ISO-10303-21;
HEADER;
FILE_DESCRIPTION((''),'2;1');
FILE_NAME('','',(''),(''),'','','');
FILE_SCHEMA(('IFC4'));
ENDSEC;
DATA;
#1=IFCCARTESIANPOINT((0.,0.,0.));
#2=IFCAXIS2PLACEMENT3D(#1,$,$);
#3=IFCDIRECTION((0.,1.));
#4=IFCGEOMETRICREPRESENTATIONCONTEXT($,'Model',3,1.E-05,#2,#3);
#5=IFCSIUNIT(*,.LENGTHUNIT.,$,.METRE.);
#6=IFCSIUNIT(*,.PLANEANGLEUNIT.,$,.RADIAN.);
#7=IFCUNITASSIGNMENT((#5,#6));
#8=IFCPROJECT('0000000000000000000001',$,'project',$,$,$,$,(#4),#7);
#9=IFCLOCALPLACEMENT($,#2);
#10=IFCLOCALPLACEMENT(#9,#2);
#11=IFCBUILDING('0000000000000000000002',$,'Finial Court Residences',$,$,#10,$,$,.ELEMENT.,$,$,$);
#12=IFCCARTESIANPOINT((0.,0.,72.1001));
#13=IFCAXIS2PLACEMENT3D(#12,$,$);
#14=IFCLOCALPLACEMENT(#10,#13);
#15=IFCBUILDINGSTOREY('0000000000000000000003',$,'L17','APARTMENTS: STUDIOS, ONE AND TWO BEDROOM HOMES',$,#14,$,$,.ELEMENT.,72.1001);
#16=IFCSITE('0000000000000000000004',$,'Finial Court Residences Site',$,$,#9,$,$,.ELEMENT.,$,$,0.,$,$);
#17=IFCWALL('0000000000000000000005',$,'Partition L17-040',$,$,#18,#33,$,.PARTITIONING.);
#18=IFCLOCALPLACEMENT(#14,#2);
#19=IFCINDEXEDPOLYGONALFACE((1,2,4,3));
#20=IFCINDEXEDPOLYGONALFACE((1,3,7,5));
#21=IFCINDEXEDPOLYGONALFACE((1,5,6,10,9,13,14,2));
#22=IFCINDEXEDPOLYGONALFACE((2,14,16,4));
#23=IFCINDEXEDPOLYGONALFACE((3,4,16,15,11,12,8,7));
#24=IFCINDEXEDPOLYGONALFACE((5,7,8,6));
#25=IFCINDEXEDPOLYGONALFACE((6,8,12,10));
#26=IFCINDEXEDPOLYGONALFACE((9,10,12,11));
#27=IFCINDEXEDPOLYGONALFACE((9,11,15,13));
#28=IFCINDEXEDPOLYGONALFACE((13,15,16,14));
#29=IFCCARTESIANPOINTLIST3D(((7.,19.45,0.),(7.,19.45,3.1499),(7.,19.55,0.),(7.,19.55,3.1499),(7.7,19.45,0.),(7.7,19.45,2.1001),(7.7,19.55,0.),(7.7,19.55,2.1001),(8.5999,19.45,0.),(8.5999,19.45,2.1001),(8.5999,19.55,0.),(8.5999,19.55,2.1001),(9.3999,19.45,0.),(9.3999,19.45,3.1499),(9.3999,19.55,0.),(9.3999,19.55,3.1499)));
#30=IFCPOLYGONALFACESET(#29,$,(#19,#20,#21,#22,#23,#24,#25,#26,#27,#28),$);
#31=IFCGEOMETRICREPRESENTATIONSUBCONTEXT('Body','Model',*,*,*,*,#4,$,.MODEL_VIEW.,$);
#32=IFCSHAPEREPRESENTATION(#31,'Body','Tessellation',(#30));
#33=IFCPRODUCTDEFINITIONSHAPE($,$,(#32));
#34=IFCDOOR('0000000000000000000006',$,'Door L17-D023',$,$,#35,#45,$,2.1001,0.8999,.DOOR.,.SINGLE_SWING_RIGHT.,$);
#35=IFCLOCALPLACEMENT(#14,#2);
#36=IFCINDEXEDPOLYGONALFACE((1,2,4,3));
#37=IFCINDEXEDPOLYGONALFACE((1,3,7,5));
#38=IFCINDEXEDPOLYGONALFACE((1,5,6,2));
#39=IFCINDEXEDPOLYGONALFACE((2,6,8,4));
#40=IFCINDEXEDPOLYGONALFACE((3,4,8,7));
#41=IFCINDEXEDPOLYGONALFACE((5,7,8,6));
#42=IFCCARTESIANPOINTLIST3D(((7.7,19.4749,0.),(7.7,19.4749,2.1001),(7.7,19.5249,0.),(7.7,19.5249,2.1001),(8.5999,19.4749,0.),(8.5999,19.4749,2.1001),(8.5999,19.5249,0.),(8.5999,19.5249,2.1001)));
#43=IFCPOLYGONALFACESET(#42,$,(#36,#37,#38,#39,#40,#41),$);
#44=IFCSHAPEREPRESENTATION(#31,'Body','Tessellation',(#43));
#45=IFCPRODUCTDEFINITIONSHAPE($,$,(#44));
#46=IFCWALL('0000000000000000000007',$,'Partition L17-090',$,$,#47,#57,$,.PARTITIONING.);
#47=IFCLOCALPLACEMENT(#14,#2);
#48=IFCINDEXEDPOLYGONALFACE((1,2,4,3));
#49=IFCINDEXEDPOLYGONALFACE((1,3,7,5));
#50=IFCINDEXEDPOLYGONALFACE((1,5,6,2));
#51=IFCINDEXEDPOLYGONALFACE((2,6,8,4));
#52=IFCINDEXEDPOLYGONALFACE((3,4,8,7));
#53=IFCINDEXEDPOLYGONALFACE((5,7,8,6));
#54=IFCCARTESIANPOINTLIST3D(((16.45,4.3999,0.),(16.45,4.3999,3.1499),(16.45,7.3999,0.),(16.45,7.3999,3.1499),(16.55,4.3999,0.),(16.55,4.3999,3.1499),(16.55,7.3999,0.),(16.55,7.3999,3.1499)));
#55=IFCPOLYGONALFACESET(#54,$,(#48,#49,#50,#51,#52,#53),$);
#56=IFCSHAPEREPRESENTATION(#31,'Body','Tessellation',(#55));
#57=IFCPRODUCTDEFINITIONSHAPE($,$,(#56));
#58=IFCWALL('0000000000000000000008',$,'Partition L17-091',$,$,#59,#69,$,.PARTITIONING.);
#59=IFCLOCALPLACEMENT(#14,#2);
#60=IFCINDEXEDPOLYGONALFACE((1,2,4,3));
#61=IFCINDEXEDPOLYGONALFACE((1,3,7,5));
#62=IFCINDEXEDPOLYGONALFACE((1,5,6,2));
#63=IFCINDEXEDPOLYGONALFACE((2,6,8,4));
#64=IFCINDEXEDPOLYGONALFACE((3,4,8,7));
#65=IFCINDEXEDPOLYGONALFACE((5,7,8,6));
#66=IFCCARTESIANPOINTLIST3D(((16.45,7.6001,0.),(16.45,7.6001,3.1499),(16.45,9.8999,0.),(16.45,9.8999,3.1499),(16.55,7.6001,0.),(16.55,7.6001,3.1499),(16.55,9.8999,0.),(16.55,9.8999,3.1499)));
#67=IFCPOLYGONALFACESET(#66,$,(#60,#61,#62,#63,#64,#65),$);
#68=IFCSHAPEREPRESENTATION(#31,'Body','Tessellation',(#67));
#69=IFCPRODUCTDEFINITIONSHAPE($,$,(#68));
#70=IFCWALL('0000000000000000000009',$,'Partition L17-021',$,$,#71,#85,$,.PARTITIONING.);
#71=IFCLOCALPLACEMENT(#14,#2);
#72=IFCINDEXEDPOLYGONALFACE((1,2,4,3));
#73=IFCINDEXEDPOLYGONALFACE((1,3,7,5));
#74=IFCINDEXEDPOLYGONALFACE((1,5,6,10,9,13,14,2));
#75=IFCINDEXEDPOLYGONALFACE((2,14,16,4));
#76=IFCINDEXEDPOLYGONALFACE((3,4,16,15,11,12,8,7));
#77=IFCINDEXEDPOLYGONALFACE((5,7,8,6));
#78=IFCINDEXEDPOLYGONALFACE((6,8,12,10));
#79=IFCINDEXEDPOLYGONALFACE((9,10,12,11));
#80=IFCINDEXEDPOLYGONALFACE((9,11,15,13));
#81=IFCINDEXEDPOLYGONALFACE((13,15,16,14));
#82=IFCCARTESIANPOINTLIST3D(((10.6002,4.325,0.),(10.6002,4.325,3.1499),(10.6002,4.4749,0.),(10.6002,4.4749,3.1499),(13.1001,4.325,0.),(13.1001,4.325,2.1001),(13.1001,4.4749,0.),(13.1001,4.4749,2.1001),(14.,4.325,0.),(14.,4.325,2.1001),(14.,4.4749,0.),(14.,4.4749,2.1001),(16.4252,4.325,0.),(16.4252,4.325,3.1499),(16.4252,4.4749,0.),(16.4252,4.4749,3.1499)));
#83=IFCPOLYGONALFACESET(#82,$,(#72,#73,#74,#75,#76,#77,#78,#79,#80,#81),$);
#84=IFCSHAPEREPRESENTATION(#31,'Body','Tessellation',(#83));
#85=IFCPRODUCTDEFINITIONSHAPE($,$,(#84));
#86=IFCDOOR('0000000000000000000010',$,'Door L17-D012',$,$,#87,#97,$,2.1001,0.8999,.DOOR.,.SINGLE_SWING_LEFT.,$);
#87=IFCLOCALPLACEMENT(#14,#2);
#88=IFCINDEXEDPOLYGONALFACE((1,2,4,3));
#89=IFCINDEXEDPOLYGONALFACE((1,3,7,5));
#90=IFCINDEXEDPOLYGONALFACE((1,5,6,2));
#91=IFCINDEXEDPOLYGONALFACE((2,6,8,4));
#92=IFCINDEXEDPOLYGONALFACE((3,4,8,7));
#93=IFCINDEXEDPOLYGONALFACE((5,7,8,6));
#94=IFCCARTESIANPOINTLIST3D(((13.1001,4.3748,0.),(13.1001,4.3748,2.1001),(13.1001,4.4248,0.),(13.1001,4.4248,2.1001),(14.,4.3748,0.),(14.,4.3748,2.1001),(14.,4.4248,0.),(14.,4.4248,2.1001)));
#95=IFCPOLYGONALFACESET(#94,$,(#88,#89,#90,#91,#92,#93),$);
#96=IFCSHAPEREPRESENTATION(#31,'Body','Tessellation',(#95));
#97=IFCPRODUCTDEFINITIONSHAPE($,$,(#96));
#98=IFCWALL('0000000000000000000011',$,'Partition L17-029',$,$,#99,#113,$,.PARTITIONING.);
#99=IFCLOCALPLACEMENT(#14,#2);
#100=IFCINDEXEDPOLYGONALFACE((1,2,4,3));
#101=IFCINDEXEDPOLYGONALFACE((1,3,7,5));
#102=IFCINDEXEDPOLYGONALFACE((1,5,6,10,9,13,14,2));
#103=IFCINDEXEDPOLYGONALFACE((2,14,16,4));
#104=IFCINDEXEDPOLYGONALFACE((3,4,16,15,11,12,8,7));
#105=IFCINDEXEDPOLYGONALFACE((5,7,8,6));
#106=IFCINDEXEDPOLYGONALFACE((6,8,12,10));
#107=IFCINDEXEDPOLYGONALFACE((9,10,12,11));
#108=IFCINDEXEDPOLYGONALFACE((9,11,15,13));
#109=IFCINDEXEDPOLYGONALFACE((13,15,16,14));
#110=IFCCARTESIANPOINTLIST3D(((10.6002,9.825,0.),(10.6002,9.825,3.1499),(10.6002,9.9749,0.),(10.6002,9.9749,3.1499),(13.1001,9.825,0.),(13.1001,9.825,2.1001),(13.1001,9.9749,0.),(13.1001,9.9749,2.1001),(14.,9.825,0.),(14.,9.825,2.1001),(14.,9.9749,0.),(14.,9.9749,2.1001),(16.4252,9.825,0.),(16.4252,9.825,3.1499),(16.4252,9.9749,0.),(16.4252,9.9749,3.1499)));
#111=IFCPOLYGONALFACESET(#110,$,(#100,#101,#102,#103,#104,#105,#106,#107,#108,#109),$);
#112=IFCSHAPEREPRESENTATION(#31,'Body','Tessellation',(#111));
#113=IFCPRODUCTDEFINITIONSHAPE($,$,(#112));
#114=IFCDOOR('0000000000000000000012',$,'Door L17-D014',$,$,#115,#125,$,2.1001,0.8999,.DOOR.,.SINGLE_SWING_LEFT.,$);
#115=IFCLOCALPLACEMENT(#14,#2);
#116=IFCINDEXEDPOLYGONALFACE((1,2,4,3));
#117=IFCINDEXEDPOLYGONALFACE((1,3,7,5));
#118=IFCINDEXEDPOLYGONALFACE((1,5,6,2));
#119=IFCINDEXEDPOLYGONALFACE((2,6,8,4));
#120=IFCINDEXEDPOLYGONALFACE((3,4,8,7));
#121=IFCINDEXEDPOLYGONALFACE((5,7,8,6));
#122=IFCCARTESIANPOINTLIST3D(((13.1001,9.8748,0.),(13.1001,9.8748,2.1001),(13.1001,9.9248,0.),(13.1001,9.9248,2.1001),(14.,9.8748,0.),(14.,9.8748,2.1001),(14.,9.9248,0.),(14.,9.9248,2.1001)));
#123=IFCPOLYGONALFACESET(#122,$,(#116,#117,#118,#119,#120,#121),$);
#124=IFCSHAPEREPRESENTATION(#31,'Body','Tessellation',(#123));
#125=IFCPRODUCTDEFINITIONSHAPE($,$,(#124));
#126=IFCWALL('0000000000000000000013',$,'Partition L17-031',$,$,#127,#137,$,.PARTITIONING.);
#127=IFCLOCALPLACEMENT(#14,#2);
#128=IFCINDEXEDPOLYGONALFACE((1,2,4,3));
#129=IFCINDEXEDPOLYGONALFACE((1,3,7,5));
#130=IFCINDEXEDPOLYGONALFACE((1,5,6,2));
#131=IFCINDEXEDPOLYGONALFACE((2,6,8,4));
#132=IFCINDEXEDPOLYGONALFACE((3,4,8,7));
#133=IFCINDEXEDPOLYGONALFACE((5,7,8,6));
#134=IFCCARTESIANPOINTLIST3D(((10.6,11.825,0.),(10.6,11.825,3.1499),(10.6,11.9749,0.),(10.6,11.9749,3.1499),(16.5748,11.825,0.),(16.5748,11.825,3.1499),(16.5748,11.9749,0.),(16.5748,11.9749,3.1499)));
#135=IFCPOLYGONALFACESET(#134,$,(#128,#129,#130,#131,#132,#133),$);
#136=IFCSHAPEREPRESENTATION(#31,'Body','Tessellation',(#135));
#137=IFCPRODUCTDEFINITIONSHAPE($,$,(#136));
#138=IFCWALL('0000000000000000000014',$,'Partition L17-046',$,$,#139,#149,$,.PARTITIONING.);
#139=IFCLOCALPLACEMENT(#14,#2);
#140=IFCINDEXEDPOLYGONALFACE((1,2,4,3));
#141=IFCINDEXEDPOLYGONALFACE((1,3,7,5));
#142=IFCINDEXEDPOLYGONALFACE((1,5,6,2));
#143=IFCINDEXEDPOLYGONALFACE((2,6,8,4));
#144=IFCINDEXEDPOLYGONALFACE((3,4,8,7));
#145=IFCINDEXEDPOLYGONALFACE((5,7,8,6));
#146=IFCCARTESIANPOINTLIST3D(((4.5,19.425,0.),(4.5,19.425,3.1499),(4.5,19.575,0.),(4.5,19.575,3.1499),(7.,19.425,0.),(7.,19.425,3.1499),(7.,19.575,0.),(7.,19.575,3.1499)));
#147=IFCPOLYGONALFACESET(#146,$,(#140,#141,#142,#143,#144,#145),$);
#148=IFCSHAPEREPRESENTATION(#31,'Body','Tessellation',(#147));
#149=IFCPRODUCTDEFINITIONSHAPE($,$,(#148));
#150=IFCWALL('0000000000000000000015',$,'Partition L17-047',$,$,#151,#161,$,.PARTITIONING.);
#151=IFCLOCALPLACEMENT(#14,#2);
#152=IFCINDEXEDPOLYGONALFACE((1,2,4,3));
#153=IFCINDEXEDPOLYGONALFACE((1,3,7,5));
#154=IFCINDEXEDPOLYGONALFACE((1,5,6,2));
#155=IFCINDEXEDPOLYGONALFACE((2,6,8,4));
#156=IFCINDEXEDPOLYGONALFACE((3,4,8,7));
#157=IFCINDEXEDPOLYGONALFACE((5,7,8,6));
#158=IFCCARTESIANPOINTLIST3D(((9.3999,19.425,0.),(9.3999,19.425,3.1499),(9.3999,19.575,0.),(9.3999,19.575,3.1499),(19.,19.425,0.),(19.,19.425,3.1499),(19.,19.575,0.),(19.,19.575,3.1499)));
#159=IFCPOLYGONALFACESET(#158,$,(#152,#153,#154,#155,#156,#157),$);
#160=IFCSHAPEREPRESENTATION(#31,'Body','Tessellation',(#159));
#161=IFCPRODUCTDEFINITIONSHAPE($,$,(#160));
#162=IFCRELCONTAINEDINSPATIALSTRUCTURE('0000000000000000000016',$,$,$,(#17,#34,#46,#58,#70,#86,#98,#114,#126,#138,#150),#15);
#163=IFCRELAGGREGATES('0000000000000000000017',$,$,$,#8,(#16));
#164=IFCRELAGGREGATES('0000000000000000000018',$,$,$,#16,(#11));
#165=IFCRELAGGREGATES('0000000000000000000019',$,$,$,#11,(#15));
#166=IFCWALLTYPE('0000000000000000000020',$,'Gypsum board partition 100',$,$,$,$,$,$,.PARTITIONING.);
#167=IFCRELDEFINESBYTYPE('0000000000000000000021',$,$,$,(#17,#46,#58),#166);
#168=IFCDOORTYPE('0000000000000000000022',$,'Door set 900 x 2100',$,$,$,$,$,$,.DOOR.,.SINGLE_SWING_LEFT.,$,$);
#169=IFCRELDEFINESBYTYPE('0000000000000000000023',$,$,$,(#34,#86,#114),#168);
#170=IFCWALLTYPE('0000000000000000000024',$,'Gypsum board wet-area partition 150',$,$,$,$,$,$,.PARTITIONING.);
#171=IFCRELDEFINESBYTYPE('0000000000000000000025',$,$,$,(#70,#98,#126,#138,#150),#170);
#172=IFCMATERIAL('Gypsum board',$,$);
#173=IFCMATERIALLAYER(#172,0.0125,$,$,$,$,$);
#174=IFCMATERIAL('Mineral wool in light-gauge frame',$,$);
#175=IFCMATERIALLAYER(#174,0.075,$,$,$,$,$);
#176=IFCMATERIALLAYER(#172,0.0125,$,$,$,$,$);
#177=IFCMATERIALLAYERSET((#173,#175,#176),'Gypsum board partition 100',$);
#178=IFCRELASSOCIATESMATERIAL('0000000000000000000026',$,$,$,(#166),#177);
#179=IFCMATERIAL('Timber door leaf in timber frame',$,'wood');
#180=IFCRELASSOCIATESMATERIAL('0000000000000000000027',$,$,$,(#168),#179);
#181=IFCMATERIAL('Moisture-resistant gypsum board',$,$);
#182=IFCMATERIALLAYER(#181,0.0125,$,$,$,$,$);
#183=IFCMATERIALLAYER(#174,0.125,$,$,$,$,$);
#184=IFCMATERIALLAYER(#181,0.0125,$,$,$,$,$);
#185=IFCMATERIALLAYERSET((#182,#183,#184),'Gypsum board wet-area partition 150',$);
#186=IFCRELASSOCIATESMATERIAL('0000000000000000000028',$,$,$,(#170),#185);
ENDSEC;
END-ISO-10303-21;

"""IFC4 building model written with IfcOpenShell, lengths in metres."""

from ifc_helpers import new_model, si_unit, direction, frame, frame_2d, origin, place, context, subcontext, project, spatial, rectangle, extrude, material, layer, layer_set, type_object, element, fill, save


model = new_model("IFC4")

# Units and contexts
model_context = context("Model", 3, precision=1e-05, world=origin(), true_north=direction((0.0, 1.0)))
body_context = subcontext(model_context, "Body", "Model", "MODEL_VIEW")
ifc_project = project(units=[si_unit("LENGTHUNIT", "METRE"), si_unit("PLANEANGLEUNIT", "RADIAN")], contexts=[model_context])

# Site, building, storey
site_placement = place(None, origin())
site = spatial("IfcSite", under=ifc_project, at=site_placement, Name="Finial Court Residences Site", CompositionType="ELEMENT", RefElevation=0.0)
building_placement = place(site_placement, origin())
building = spatial("IfcBuilding", under=site, at=building_placement, Name="Finial Court Residences", CompositionType="ELEMENT")
storey_placement = place(building_placement, frame((0.0, 0.0, 72.1001)))
storey = spatial("IfcBuildingStorey", under=building, at=storey_placement, Name="L17", Description="APARTMENTS: STUDIOS, ONE AND TWO BEDROOM HOMES", CompositionType="ELEMENT", Elevation=72.1001)

# Shared definitions
ifc_material_1 = material(Name="Gypsum board")
ifc_layer_1 = layer(ifc_material_1, 0.0125)
ifc_material_2 = material(Name="Mineral wool in light-gauge frame")
ifc_layer_2 = layer(ifc_material_2, 0.075)
ifc_layer_3 = layer(ifc_material_1, 0.0125)
ifc_layer_set_1 = layer_set([ifc_layer_1, ifc_layer_2, ifc_layer_3], Name="Gypsum board partition 100")
wall_type_1 = type_object("IfcWallType", Name="Gypsum board partition 100", PredefinedType="PARTITIONING", material=ifc_layer_set_1)

# Wall, opening, door
wall_1_placement = place(storey_placement, frame((7.0, 19.5, 0.0), z_axis=(0.0, 0.0, 1.0), x_axis=(1.0, 0.0, 0.0)))
wall_1 = element("IfcWall", 1, at=wall_1_placement, inside=storey, type_object=wall_type_1, Name="Partition L17-040", PredefinedType="PARTITIONING", context=body_context, shape_type="SweptSolid", body=[
    extrude(rectangle(XDim=2.3999, YDim=0.1001, at=frame_2d((1.2, 0.0))), origin(), (0.0, 0.0, 1.0), 3.1499),
])
opening_1_placement = place(wall_1_placement, frame((0.7, 0.0, 0.0)))
opening_1 = element("IfcOpeningElement", 2, at=opening_1_placement, cuts=wall_1, PredefinedType="OPENING", context=body_context, shape_type="SweptSolid", body=[
    extrude(rectangle(XDim=0.8999, YDim=2.1001, at=frame_2d((0.45, 1.05))), frame((0.0, 0.0601, 0.0), z_axis=(0.0, -1.0, 0.0), x_axis=(1.0, 0.0, 0.0)), (0.0, 0.0, 1.0), 0.1201),
])
ifc_material_3 = material(Name="Timber door leaf in timber frame", Category="wood")
door_type = type_object("IfcDoorType", Name="Door set 900 x 2100", OperationType="SINGLE_SWING_LEFT", PredefinedType="DOOR", material=ifc_material_3)
door_1_placement = place(opening_1_placement, origin())
door_1 = element("IfcDoor", 3, at=door_1_placement, inside=storey, type_object=door_type, Name="Door L17-D023", OperationType="SINGLE_SWING_RIGHT", OverallHeight=2.1001, OverallWidth=0.8999, PredefinedType="DOOR", context=body_context, shape_type="SweptSolid", body=[
    extrude(rectangle(XDim=0.8999, YDim=2.1001, at=frame_2d((0.45, 1.05))), frame((0.0, 0.0249, 0.0), z_axis=(0.0, -1.0, 0.0), x_axis=(1.0, 0.0, 0.0)), (0.0, 0.0, 1.0), 0.05),
])
fill(opening_1, door_1)

# Walls
wall_2_placement = place(storey_placement, frame((16.5, 4.3999, 0.0), z_axis=(0.0, 0.0, 1.0), x_axis=(0.0, 1.0, 0.0)))
element("IfcWall", 4, at=wall_2_placement, inside=storey, type_object=wall_type_1, Name="Partition L17-090", PredefinedType="PARTITIONING", context=body_context, shape_type="SweptSolid", body=[
    extrude(rectangle(XDim=3.0, YDim=0.1001, at=frame_2d((1.5, 0.0))), origin(), (0.0, 0.0, 1.0), 3.1499),
])
wall_3_placement = place(storey_placement, frame((16.5, 7.6001, 0.0), z_axis=(0.0, 0.0, 1.0), x_axis=(0.0, 1.0, 0.0)))
element("IfcWall", 5, at=wall_3_placement, inside=storey, type_object=wall_type_1, Name="Partition L17-091", PredefinedType="PARTITIONING", context=body_context, shape_type="SweptSolid", body=[
    extrude(rectangle(XDim=2.2998, YDim=0.1001, at=frame_2d((1.1499, 0.0))), origin(), (0.0, 0.0, 1.0), 3.1499),
])

# Walls, openings, doors
ifc_material_4 = material(Name="Moisture-resistant gypsum board")
ifc_layer_4 = layer(ifc_material_4, 0.0125)
ifc_layer_5 = layer(ifc_material_2, 0.125)
ifc_layer_6 = layer(ifc_material_4, 0.0125)
ifc_layer_set_2 = layer_set([ifc_layer_4, ifc_layer_5, ifc_layer_6], Name="Gypsum board wet-area partition 150")
wall_type_2 = type_object("IfcWallType", Name="Gypsum board wet-area partition 150", PredefinedType="PARTITIONING", material=ifc_layer_set_2)
wall_4_placement = place(storey_placement, frame((10.6001, 4.3999, 0.0), z_axis=(0.0, 0.0, 1.0), x_axis=(1.0, 0.0, 0.0)))
wall_4 = element("IfcWall", 6, at=wall_4_placement, inside=storey, type_object=wall_type_2, Name="Partition L17-021", PredefinedType="PARTITIONING", context=body_context, shape_type="SweptSolid", body=[
    extrude(rectangle(XDim=5.825, YDim=0.1499, at=frame_2d((2.9126, 0.0))), origin(), (0.0, 0.0, 1.0), 3.1499),
])
opening_2_placement = place(wall_4_placement, frame((2.5, 0.0, 0.0)))
opening_2 = element("IfcOpeningElement", 7, at=opening_2_placement, cuts=wall_4, PredefinedType="OPENING", context=body_context, shape_type="SweptSolid", body=[
    extrude(rectangle(XDim=0.8999, YDim=2.1001, at=frame_2d((0.45, 1.05))), frame((0.0, 0.085, 0.0), z_axis=(0.0, -1.0, 0.0), x_axis=(1.0, 0.0, 0.0)), (0.0, 0.0, 1.0), 0.1699),
])
door_2_placement = place(opening_2_placement, origin())
door_2 = element("IfcDoor", 8, at=door_2_placement, inside=storey, type_object=door_type, Name="Door L17-D012", OperationType="SINGLE_SWING_LEFT", OverallHeight=2.1001, OverallWidth=0.8999, PredefinedType="DOOR", context=body_context, shape_type="SweptSolid", body=[
    extrude(rectangle(XDim=0.8999, YDim=2.1001, at=frame_2d((0.45, 1.05))), frame((0.0, 0.0249, 0.0), z_axis=(0.0, -1.0, 0.0), x_axis=(1.0, 0.0, 0.0)), (0.0, 0.0, 1.0), 0.05),
])
fill(opening_2, door_2)
wall_5_placement = place(storey_placement, frame((10.6001, 9.8999, 0.0), z_axis=(0.0, 0.0, 1.0), x_axis=(1.0, 0.0, 0.0)))
wall_5 = element("IfcWall", 9, at=wall_5_placement, inside=storey, type_object=wall_type_2, Name="Partition L17-029", PredefinedType="PARTITIONING", context=body_context, shape_type="SweptSolid", body=[
    extrude(rectangle(XDim=5.825, YDim=0.1499, at=frame_2d((2.9126, 0.0))), origin(), (0.0, 0.0, 1.0), 3.1499),
])
opening_3_placement = place(wall_5_placement, frame((2.5, 0.0, 0.0)))
opening_3 = element("IfcOpeningElement", 10, at=opening_3_placement, cuts=wall_5, PredefinedType="OPENING", context=body_context, shape_type="SweptSolid", body=[
    extrude(rectangle(XDim=0.8999, YDim=2.1001, at=frame_2d((0.45, 1.05))), frame((0.0, 0.085, 0.0), z_axis=(0.0, -1.0, 0.0), x_axis=(1.0, 0.0, 0.0)), (0.0, 0.0, 1.0), 0.1699),
])
door_3_placement = place(opening_3_placement, origin())
door_3 = element("IfcDoor", 11, at=door_3_placement, inside=storey, type_object=door_type, Name="Door L17-D014", OperationType="SINGLE_SWING_LEFT", OverallHeight=2.1001, OverallWidth=0.8999, PredefinedType="DOOR", context=body_context, shape_type="SweptSolid", body=[
    extrude(rectangle(XDim=0.8999, YDim=2.1001, at=frame_2d((0.45, 1.05))), frame((0.0, 0.0249, 0.0), z_axis=(0.0, -1.0, 0.0), x_axis=(1.0, 0.0, 0.0)), (0.0, 0.0, 1.0), 0.05),
])
fill(opening_3, door_3)

# Walls
wall_6_placement = place(storey_placement, frame((10.6001, 11.8999, 0.0), z_axis=(0.0, 0.0, 1.0), x_axis=(1.0, 0.0, 0.0)))
element("IfcWall", 12, at=wall_6_placement, inside=storey, type_object=wall_type_2, Name="Partition L17-031", PredefinedType="PARTITIONING", context=body_context, shape_type="SweptSolid", body=[
    extrude(rectangle(XDim=5.9749, YDim=0.1499, at=frame_2d((2.9873, 0.0))), origin(), (0.0, 0.0, 1.0), 3.1499),
])
wall_7_placement = place(storey_placement, frame((4.5, 19.5, 0.0), z_axis=(0.0, 0.0, 1.0), x_axis=(1.0, 0.0, 0.0)))
element("IfcWall", 13, at=wall_7_placement, inside=storey, type_object=wall_type_2, Name="Partition L17-046", PredefinedType="PARTITIONING", context=body_context, shape_type="SweptSolid", body=[
    extrude(rectangle(XDim=2.5, YDim=0.1499, at=frame_2d((1.25, 0.0))), origin(), (0.0, 0.0, 1.0), 3.1499),
])
wall_8_placement = place(storey_placement, frame((9.3999, 19.5, 0.0), z_axis=(0.0, 0.0, 1.0), x_axis=(1.0, 0.0, 0.0)))
element("IfcWall", 14, at=wall_8_placement, inside=storey, type_object=wall_type_2, Name="Partition L17-047", PredefinedType="PARTITIONING", context=body_context, shape_type="SweptSolid", body=[
    extrude(rectangle(XDim=9.6001, YDim=0.1499, at=frame_2d((4.8, 0.0))), origin(), (0.0, 0.0, 1.0), 3.1499),
])

save(model, "model.ifc")
